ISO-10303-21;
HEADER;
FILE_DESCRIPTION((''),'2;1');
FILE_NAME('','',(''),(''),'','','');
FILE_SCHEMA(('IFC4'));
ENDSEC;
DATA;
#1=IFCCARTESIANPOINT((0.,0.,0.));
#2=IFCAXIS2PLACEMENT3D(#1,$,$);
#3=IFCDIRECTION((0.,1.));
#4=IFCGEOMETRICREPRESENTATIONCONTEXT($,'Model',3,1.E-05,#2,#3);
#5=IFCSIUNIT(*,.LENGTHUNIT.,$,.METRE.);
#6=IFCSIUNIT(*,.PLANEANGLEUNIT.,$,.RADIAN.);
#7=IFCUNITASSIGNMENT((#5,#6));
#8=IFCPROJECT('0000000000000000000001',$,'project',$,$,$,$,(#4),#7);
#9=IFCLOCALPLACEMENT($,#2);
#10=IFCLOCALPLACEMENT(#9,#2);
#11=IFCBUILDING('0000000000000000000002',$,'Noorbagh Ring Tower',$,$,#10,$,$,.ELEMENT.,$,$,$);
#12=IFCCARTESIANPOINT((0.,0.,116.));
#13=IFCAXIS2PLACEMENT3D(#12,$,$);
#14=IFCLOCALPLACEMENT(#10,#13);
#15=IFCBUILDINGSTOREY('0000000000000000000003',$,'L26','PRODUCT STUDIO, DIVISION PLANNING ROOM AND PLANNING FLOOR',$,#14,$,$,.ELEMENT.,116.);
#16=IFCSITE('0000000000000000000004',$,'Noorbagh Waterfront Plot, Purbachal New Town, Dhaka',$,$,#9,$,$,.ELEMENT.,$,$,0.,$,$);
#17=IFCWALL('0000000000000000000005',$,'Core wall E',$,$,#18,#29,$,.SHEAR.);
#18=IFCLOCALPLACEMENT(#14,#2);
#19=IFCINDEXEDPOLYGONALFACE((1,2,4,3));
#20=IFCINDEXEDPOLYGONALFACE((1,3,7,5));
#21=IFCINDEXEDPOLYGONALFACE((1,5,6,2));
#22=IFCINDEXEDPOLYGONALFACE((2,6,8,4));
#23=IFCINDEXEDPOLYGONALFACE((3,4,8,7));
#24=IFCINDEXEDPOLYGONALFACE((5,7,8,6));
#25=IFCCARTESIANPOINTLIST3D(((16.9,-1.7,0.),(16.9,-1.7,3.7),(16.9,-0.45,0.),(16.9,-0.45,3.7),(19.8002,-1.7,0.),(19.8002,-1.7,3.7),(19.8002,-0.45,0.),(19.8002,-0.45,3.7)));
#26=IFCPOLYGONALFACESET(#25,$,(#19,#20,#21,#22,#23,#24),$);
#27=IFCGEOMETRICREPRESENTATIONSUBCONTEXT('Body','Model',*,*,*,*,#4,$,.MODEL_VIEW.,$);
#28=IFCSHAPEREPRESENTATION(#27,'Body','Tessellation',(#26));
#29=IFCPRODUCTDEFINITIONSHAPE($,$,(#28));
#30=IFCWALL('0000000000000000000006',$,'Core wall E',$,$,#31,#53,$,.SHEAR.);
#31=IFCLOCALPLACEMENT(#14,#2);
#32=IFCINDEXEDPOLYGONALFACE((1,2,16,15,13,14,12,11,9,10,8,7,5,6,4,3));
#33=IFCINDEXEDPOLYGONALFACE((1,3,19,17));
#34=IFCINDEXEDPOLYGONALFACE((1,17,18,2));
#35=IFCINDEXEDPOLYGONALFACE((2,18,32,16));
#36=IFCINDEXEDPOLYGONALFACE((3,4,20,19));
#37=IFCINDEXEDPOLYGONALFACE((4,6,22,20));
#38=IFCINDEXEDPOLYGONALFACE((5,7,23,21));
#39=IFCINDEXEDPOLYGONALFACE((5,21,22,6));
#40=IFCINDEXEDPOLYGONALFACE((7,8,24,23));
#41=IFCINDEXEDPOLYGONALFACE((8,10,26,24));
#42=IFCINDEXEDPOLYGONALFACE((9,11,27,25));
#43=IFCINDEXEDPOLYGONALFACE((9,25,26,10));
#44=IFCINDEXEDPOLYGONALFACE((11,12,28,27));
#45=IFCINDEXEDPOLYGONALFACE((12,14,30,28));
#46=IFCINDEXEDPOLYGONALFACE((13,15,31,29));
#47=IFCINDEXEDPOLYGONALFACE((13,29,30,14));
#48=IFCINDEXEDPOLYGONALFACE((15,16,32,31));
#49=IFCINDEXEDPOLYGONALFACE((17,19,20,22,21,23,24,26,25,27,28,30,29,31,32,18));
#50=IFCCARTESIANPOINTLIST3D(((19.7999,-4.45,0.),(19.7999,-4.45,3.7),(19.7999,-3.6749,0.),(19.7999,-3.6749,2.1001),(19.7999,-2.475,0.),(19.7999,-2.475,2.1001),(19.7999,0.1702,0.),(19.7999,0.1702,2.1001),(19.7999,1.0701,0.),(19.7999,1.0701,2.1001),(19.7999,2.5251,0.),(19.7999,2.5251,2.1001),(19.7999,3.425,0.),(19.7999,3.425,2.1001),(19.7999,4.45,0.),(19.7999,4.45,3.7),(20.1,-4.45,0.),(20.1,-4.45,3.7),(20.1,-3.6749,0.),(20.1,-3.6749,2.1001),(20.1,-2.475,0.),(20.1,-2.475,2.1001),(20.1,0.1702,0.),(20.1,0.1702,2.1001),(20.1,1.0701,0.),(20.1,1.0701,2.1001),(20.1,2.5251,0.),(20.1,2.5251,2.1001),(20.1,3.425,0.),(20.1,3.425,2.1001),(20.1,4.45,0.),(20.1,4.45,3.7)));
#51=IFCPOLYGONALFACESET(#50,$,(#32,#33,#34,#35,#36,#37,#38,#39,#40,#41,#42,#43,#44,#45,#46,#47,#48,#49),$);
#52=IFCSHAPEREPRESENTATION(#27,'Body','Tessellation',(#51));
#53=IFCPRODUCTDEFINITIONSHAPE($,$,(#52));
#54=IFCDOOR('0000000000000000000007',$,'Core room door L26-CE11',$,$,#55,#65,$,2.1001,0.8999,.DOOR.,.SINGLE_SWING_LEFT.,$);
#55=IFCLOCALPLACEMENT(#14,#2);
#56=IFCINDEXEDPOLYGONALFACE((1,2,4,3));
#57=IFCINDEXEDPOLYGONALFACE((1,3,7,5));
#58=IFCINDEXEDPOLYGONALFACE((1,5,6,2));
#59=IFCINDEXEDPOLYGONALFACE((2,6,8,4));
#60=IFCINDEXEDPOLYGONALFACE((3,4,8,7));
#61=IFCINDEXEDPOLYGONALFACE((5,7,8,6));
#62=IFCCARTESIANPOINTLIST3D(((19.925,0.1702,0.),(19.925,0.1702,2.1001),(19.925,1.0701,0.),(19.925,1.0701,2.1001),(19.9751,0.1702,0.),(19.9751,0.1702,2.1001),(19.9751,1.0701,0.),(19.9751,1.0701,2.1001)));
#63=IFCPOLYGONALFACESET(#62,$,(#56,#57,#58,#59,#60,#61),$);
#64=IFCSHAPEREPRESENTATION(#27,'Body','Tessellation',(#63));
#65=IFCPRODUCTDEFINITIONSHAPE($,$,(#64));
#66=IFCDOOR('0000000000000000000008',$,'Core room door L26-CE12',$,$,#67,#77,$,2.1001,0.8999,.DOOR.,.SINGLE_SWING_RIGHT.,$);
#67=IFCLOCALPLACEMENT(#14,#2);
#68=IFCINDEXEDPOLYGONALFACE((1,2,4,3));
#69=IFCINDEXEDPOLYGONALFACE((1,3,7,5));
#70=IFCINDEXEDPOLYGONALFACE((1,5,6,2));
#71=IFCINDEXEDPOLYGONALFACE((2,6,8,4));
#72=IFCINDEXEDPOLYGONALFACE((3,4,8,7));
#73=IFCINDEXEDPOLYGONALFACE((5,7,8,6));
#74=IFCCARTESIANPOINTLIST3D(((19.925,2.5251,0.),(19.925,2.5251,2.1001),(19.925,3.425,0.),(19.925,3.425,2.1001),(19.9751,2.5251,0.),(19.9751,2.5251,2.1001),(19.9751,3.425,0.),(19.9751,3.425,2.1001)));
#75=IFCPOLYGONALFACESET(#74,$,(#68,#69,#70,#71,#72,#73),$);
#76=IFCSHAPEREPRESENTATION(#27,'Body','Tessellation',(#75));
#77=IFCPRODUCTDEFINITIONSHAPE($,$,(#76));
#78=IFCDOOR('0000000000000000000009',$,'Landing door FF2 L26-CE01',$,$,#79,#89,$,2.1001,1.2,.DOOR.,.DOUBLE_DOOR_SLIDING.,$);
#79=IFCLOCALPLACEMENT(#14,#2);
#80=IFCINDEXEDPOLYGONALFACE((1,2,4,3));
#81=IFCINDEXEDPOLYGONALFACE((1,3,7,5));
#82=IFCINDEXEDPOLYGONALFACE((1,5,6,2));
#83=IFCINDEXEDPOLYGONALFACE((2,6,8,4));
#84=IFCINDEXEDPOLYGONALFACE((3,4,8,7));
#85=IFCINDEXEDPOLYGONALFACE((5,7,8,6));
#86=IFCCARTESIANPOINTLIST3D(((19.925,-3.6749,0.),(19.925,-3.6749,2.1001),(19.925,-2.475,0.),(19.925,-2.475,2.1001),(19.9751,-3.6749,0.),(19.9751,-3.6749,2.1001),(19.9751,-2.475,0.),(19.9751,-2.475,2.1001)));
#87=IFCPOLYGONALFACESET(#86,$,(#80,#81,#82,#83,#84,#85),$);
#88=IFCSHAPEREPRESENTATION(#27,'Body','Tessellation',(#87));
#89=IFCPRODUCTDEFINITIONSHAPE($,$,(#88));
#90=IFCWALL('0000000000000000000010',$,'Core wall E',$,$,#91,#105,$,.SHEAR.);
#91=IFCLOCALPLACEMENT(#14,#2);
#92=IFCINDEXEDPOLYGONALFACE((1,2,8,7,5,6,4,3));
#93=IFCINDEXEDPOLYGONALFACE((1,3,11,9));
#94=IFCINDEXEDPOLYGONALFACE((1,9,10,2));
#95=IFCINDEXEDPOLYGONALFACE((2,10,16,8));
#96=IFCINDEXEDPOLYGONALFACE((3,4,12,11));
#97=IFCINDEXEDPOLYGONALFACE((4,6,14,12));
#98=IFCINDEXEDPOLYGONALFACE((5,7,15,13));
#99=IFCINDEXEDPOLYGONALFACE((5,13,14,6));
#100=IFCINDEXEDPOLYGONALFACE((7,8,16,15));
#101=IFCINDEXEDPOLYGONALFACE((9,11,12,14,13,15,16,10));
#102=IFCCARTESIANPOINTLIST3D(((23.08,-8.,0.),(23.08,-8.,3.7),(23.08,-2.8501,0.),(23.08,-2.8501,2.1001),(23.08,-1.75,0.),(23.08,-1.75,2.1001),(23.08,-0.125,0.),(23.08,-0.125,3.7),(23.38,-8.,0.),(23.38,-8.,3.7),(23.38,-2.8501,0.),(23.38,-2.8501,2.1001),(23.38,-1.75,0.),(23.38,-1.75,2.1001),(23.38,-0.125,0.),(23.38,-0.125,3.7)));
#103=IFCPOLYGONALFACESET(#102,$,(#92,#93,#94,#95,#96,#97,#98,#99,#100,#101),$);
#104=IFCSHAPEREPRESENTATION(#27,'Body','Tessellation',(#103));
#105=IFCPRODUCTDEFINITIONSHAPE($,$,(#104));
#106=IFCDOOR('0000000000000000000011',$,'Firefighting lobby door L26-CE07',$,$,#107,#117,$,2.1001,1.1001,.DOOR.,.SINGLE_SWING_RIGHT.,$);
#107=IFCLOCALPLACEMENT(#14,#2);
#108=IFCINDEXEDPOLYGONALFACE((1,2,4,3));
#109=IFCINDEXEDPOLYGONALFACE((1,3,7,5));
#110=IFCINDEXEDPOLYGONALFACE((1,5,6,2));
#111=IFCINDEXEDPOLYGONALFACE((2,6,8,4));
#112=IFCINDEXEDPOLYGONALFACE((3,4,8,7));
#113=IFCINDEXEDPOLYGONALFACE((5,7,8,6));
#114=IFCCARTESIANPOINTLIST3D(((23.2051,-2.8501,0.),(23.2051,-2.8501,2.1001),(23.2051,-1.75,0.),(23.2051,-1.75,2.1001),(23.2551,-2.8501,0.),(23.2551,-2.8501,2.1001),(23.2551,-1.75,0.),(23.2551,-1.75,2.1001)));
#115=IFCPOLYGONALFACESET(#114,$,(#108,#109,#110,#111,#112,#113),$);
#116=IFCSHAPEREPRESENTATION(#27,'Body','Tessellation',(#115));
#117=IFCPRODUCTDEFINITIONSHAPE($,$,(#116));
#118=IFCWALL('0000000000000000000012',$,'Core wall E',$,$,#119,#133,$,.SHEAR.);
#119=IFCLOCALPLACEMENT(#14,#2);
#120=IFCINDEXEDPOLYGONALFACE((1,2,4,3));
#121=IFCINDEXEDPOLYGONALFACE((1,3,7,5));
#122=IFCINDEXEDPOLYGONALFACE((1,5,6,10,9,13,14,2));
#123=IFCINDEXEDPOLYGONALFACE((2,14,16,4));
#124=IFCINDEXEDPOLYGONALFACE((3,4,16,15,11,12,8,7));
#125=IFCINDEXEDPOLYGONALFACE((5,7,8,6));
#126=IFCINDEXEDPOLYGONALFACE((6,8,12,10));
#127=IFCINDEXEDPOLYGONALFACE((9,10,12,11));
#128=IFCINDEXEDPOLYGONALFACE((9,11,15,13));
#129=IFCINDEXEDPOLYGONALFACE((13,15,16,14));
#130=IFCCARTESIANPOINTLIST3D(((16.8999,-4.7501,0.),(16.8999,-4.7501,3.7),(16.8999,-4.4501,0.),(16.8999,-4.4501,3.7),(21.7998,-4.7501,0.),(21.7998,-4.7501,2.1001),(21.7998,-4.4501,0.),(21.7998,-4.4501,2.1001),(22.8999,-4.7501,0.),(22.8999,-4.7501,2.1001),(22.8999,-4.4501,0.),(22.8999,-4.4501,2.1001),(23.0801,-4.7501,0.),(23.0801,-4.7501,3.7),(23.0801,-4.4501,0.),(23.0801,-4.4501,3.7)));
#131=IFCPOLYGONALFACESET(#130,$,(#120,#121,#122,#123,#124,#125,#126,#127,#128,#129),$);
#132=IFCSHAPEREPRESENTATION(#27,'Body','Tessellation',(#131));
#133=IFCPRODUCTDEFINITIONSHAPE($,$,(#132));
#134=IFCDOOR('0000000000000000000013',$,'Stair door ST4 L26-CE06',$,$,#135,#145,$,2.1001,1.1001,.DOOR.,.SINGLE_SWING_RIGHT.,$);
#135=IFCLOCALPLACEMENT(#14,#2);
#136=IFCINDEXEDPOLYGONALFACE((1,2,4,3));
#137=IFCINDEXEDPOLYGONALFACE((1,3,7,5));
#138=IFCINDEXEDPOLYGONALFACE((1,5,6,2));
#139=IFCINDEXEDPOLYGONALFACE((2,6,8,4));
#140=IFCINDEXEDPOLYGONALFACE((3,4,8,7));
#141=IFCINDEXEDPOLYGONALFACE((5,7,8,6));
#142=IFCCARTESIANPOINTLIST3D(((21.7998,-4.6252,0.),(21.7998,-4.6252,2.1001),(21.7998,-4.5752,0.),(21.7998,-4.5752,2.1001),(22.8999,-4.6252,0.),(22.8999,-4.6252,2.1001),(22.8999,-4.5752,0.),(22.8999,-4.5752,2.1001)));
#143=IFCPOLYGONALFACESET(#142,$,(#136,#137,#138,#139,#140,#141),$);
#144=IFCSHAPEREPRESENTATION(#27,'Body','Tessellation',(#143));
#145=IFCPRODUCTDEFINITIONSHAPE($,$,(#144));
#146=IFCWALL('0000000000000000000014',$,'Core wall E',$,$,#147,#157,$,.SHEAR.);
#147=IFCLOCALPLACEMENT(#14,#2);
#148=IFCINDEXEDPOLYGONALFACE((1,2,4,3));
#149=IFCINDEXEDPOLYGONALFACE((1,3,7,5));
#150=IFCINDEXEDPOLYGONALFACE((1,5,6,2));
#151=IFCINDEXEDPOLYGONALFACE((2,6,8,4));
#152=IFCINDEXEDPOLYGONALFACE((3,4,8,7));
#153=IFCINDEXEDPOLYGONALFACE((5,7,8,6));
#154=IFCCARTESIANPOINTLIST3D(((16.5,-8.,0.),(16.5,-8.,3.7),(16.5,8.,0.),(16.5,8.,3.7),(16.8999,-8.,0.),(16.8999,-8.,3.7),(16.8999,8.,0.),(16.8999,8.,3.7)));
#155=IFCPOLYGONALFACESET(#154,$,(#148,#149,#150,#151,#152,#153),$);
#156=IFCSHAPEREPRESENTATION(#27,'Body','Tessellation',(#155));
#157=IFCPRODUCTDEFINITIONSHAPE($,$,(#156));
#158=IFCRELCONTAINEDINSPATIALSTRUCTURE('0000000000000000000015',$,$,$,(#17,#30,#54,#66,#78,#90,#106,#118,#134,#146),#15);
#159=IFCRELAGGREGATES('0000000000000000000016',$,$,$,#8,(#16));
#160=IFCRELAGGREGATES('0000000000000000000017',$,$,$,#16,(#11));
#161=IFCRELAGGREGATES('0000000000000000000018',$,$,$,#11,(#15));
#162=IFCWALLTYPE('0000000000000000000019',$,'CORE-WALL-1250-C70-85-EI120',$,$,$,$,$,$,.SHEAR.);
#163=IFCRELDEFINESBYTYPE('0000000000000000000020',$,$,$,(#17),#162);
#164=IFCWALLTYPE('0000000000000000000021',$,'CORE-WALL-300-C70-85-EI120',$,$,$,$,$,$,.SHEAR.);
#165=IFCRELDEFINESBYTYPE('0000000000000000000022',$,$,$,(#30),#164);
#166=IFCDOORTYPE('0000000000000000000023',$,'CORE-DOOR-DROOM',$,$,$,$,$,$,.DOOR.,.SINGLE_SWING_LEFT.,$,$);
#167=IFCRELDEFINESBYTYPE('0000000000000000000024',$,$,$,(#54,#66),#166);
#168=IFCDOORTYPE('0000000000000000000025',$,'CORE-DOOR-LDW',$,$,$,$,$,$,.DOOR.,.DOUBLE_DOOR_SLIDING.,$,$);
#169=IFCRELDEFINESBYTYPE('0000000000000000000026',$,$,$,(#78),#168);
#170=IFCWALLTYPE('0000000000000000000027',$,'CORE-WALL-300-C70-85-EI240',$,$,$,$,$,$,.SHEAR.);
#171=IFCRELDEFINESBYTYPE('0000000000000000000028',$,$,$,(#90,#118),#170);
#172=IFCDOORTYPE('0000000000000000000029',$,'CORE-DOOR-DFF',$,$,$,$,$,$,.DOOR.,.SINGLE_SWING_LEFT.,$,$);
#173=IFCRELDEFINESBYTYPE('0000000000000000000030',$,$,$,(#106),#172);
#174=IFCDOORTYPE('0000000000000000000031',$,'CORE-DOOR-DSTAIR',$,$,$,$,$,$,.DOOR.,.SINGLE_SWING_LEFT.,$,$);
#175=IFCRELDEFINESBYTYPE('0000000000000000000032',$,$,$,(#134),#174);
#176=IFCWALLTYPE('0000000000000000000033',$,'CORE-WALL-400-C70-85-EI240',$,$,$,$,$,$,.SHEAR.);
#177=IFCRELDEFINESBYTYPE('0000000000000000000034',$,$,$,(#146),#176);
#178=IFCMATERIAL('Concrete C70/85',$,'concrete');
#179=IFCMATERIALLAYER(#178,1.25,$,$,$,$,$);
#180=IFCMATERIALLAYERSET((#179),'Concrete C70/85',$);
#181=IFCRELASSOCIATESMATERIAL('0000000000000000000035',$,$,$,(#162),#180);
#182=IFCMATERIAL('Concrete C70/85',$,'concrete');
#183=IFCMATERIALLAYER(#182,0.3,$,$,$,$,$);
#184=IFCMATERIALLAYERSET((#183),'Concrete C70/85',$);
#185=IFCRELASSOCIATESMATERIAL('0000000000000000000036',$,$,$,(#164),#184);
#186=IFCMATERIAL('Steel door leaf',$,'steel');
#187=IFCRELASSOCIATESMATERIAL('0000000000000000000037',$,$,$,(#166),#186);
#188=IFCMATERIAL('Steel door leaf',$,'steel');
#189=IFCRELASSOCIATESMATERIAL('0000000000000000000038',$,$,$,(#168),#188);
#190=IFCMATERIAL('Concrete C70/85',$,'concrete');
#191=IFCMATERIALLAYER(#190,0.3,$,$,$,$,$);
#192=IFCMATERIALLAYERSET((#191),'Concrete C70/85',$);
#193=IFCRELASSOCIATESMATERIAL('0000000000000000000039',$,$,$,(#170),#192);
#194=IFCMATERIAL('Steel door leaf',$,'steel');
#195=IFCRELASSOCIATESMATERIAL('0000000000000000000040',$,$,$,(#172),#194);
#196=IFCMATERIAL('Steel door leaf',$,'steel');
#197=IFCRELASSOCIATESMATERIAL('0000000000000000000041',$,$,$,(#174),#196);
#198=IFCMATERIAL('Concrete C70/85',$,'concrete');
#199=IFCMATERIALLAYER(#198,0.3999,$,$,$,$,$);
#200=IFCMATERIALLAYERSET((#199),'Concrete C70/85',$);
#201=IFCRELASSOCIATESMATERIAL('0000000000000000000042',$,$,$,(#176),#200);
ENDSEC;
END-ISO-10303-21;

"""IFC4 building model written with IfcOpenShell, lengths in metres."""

from ifc_helpers import new_model, si_unit, direction, frame, frame_2d, origin, place, context, subcontext, project, spatial, rectangle, extrude, material, layer, layer_set, type_object, element, fill, save


model = new_model("IFC4")

# Units and contexts
model_context = context("Model", 3, precision=1e-05, world=origin(), true_north=direction((0.0, 1.0)))
body_context = subcontext(model_context, "Body", "Model", "MODEL_VIEW")
ifc_project = project(units=[si_unit("LENGTHUNIT", "METRE"), si_unit("PLANEANGLEUNIT", "RADIAN")], contexts=[model_context])

# Site, building, storey
site_placement = place(None, origin())
site = spatial("IfcSite", under=ifc_project, at=site_placement, Name="Noorbagh Waterfront Plot, Purbachal New Town, Dhaka", CompositionType="ELEMENT", RefElevation=0.0)
building_placement = place(site_placement, origin())
building = spatial("IfcBuilding", under=site, at=building_placement, Name="Noorbagh Ring Tower", CompositionType="ELEMENT")
storey_placement = place(building_placement, frame((0.0, 0.0, 116.0)))
storey = spatial("IfcBuildingStorey", under=building, at=storey_placement, Name="L26", Description="PRODUCT STUDIO, DIVISION PLANNING ROOM AND PLANNING FLOOR", CompositionType="ELEMENT", Elevation=116.0)

# Wall
ifc_material_1 = material(Name="Concrete C70/85", Category="concrete")
ifc_layer_1 = layer(ifc_material_1, 1.25)
ifc_layer_set_1 = layer_set([ifc_layer_1], Name="Concrete C70/85")
wall_type_1 = type_object("IfcWallType", Name="CORE-WALL-1250-C70-85-EI120", PredefinedType="SHEAR", material=ifc_layer_set_1)
wall_1_placement = place(storey_placement, frame((16.8999, -1.075, 0.0), z_axis=(0.0, 0.0, 1.0), x_axis=(1.0, 0.0, 0.0)))
element("IfcWall", 1, at=wall_1_placement, inside=storey, type_object=wall_type_1, Name="Core wall E", PredefinedType="SHEAR", context=body_context, shape_type="SweptSolid", body=[
    extrude(rectangle(XDim=2.9001, YDim=1.25, at=frame_2d((1.4502, 0.0))), origin(), (0.0, 0.0, 1.0), 3.7),
])

# Wall, openings, doors
ifc_material_2 = material(Name="Concrete C70/85", Category="concrete")
ifc_layer_2 = layer(ifc_material_2, 0.3)
ifc_layer_set_2 = layer_set([ifc_layer_2], Name="Concrete C70/85")
wall_type_2 = type_object("IfcWallType", Name="CORE-WALL-300-C70-85-EI120", PredefinedType="SHEAR", material=ifc_layer_set_2)
wall_2_placement = place(storey_placement, frame((19.95, -4.45, 0.0), z_axis=(0.0, 0.0, 1.0), x_axis=(0.0, 1.0, 0.0)))
wall_2 = element("IfcWall", 2, at=wall_2_placement, inside=storey, type_object=wall_type_2, Name="Core wall E", PredefinedType="SHEAR", context=body_context, shape_type="SweptSolid", body=[
    extrude(rectangle(XDim=8.8999, YDim=0.3, at=frame_2d((4.45, 0.0))), origin(), (0.0, 0.0, 1.0), 3.7),
])
opening_1_placement = place(wall_2_placement, frame((0.7749, 0.0, 0.0)))
opening_1 = element("IfcOpeningElement", 3, at=opening_1_placement, cuts=wall_2, PredefinedType="OPENING", context=body_context, shape_type="SweptSolid", body=[
    extrude(rectangle(XDim=1.2, YDim=2.1001, at=frame_2d((0.6001, 1.05))), frame((0.0, 0.1602, 0.0), z_axis=(0.0, -1.0, 0.0), x_axis=(1.0, 0.0, 0.0)), (0.0, 0.0, 1.0), 0.3201),
])
opening_2_placement = place(wall_2_placement, frame((4.6201, 0.0, 0.0)))
opening_2 = element("IfcOpeningElement", 4, at=opening_2_placement, cuts=wall_2, PredefinedType="OPENING", context=body_context, shape_type="SweptSolid", body=[
    extrude(rectangle(XDim=0.8999, YDim=2.1001, at=frame_2d((0.45, 1.05))), frame((0.0, 0.1602, 0.0), z_axis=(0.0, -1.0, 0.0), x_axis=(1.0, 0.0, 0.0)), (0.0, 0.0, 1.0), 0.3201),
])
opening_3_placement = place(wall_2_placement, frame((6.9751, 0.0, 0.0)))
opening_3 = element("IfcOpeningElement", 5, at=opening_3_placement, cuts=wall_2, PredefinedType="OPENING", context=body_context, shape_type="SweptSolid", body=[
    extrude(rectangle(XDim=0.8999, YDim=2.1001, at=frame_2d((0.45, 1.05))), frame((0.0, 0.1602, 0.0), z_axis=(0.0, -1.0, 0.0), x_axis=(1.0, 0.0, 0.0)), (0.0, 0.0, 1.0), 0.3201),
])
ifc_material_3 = material(Name="Steel door leaf", Category="steel")
door_type_1 = type_object("IfcDoorType", Name="CORE-DOOR-DROOM", OperationType="SINGLE_SWING_LEFT", PredefinedType="DOOR", material=ifc_material_3)
door_1_placement = place(opening_2_placement, origin())
door_1 = element("IfcDoor", 6, at=door_1_placement, inside=storey, type_object=door_type_1, Name="Core room door L26-CE11", OperationType="SINGLE_SWING_LEFT", OverallHeight=2.1001, OverallWidth=0.8999, PredefinedType="DOOR", context=body_context, shape_type="SweptSolid", body=[
    extrude(rectangle(XDim=0.8999, YDim=2.1001, at=frame_2d((0.45, 1.05))), frame((0.0, 0.0249, 0.0), z_axis=(0.0, -1.0, 0.0), x_axis=(1.0, 0.0, 0.0)), (0.0, 0.0, 1.0), 0.05),
])
fill(opening_2, door_1)
door_2_placement = place(opening_3_placement, origin())
door_2 = element("IfcDoor", 7, at=door_2_placement, inside=storey, type_object=door_type_1, Name="Core room door L26-CE12", OperationType="SINGLE_SWING_RIGHT", OverallHeight=2.1001, OverallWidth=0.8999, PredefinedType="DOOR", context=body_context, shape_type="SweptSolid", body=[
    extrude(rectangle(XDim=0.8999, YDim=2.1001, at=frame_2d((0.45, 1.05))), frame((0.0, 0.0249, 0.0), z_axis=(0.0, -1.0, 0.0), x_axis=(1.0, 0.0, 0.0)), (0.0, 0.0, 1.0), 0.05),
])
fill(opening_3, door_2)
ifc_material_4 = material(Name="Steel door leaf", Category="steel")
door_type_2 = type_object("IfcDoorType", Name="CORE-DOOR-LDW", OperationType="DOUBLE_DOOR_SLIDING", PredefinedType="DOOR", material=ifc_material_4)
door_3_placement = place(opening_1_placement, origin())
door_3 = element("IfcDoor", 8, at=door_3_placement, inside=storey, type_object=door_type_2, Name="Landing door FF2 L26-CE01", OperationType="DOUBLE_DOOR_SLIDING", OverallHeight=2.1001, OverallWidth=1.2, PredefinedType="DOOR", context=body_context, shape_type="SweptSolid", body=[
    extrude(rectangle(XDim=1.2, YDim=2.1001, at=frame_2d((0.6001, 1.05))), frame((0.0, 0.0249, 0.0), z_axis=(0.0, -1.0, 0.0), x_axis=(1.0, 0.0, 0.0)), (0.0, 0.0, 1.0), 0.05),
])
fill(opening_1, door_3)

# Walls, openings, doors
ifc_material_5 = material(Name="Concrete C70/85", Category="concrete")
ifc_layer_3 = layer(ifc_material_5, 0.3)
ifc_layer_set_3 = layer_set([ifc_layer_3], Name="Concrete C70/85")
wall_type_3 = type_object("IfcWallType", Name="CORE-WALL-300-C70-85-EI240", PredefinedType="SHEAR", material=ifc_layer_set_3)
wall_3_placement = place(storey_placement, frame((23.23, -8.0, 0.0), z_axis=(0.0, 0.0, 1.0), x_axis=(0.0, 1.0, 0.0)))
wall_3 = element("IfcWall", 9, at=wall_3_placement, inside=storey, type_object=wall_type_3, Name="Core wall E", PredefinedType="SHEAR", context=body_context, shape_type="SweptSolid", body=[
    extrude(rectangle(XDim=7.875, YDim=0.3, at=frame_2d((3.9375, 0.0))), origin(), (0.0, 0.0, 1.0), 3.7),
])
opening_4_placement = place(wall_3_placement, frame((5.1499, 0.0, 0.0)))
opening_4 = element("IfcOpeningElement", 10, at=opening_4_placement, cuts=wall_3, PredefinedType="OPENING", context=body_context, shape_type="SweptSolid", body=[
    extrude(rectangle(XDim=1.1001, YDim=2.1001, at=frame_2d((0.55, 1.05))), frame((0.0, 0.1602, 0.0), z_axis=(0.0, -1.0, 0.0), x_axis=(1.0, 0.0, 0.0)), (0.0, 0.0, 1.0), 0.3201),
])
ifc_material_6 = material(Name="Steel door leaf", Category="steel")
door_type_3 = type_object("IfcDoorType", Name="CORE-DOOR-DFF", OperationType="SINGLE_SWING_LEFT", PredefinedType="DOOR", material=ifc_material_6)
door_4_placement = place(opening_4_placement, origin())
door_4 = element("IfcDoor", 11, at=door_4_placement, inside=storey, type_object=door_type_3, Name="Firefighting lobby door L26-CE07", OperationType="SINGLE_SWING_RIGHT", OverallHeight=2.1001, OverallWidth=1.1001, PredefinedType="DOOR", context=body_context, shape_type="SweptSolid", body=[
    extrude(rectangle(XDim=1.1001, YDim=2.1001, at=frame_2d((0.55, 1.05))), frame((0.0, 0.0249, 0.0), z_axis=(0.0, -1.0, 0.0), x_axis=(1.0, 0.0, 0.0)), (0.0, 0.0, 1.0), 0.05),
])
fill(opening_4, door_4)
wall_4_placement = place(storey_placement, frame((16.8999, -4.6001, 0.0), z_axis=(0.0, 0.0, 1.0), x_axis=(1.0, 0.0, 0.0)))
wall_4 = element("IfcWall", 12, at=wall_4_placement, inside=storey, type_object=wall_type_3, Name="Core wall E", PredefinedType="SHEAR", context=body_context, shape_type="SweptSolid", body=[
    extrude(rectangle(XDim=6.1802, YDim=0.3, at=frame_2d((3.0901, 0.0))), origin(), (0.0, 0.0, 1.0), 3.7),
])
opening_5_placement = place(wall_4_placement, frame((4.8999, 0.0, 0.0)))
opening_5 = element("IfcOpeningElement", 13, at=opening_5_placement, cuts=wall_4, PredefinedType="OPENING", context=body_context, shape_type="SweptSolid", body=[
    extrude(rectangle(XDim=1.1001, YDim=2.1001, at=frame_2d((0.55, 1.05))), frame((0.0, 0.1602, 0.0), z_axis=(0.0, -1.0, 0.0), x_axis=(1.0, 0.0, 0.0)), (0.0, 0.0, 1.0), 0.3201),
])
ifc_material_7 = material(Name="Steel door leaf", Category="steel")
door_type_4 = type_object("IfcDoorType", Name="CORE-DOOR-DSTAIR", OperationType="SINGLE_SWING_LEFT", PredefinedType="DOOR", material=ifc_material_7)
door_5_placement = place(opening_5_placement, origin())
door_5 = element("IfcDoor", 14, at=door_5_placement, inside=storey, type_object=door_type_4, Name="Stair door ST4 L26-CE06", OperationType="SINGLE_SWING_RIGHT", OverallHeight=2.1001, OverallWidth=1.1001, PredefinedType="DOOR", context=body_context, shape_type="SweptSolid", body=[
    extrude(rectangle(XDim=1.1001, YDim=2.1001, at=frame_2d((0.55, 1.05))), frame((0.0, 0.0249, 0.0), z_axis=(0.0, -1.0, 0.0), x_axis=(1.0, 0.0, 0.0)), (0.0, 0.0, 1.0), 0.05),
])
fill(opening_5, door_5)

# Wall
ifc_material_8 = material(Name="Concrete C70/85", Category="concrete")
ifc_layer_4 = layer(ifc_material_8, 0.3999)
ifc_layer_set_4 = layer_set([ifc_layer_4], Name="Concrete C70/85")
wall_type_4 = type_object("IfcWallType", Name="CORE-WALL-400-C70-85-EI240", PredefinedType="SHEAR", material=ifc_layer_set_4)
wall_5_placement = place(storey_placement, frame((16.7, -8.0, 0.0), z_axis=(0.0, 0.0, 1.0), x_axis=(0.0, 1.0, 0.0)))
element("IfcWall", 15, at=wall_5_placement, inside=storey, type_object=wall_type_4, Name="Core wall E", PredefinedType="SHEAR", context=body_context, shape_type="SweptSolid", body=[
    extrude(rectangle(XDim=16.0, YDim=0.3999, at=frame_2d((8.0, 0.0))), origin(), (0.0, 0.0, 1.0), 3.7),
])

save(model, "model.ifc")
